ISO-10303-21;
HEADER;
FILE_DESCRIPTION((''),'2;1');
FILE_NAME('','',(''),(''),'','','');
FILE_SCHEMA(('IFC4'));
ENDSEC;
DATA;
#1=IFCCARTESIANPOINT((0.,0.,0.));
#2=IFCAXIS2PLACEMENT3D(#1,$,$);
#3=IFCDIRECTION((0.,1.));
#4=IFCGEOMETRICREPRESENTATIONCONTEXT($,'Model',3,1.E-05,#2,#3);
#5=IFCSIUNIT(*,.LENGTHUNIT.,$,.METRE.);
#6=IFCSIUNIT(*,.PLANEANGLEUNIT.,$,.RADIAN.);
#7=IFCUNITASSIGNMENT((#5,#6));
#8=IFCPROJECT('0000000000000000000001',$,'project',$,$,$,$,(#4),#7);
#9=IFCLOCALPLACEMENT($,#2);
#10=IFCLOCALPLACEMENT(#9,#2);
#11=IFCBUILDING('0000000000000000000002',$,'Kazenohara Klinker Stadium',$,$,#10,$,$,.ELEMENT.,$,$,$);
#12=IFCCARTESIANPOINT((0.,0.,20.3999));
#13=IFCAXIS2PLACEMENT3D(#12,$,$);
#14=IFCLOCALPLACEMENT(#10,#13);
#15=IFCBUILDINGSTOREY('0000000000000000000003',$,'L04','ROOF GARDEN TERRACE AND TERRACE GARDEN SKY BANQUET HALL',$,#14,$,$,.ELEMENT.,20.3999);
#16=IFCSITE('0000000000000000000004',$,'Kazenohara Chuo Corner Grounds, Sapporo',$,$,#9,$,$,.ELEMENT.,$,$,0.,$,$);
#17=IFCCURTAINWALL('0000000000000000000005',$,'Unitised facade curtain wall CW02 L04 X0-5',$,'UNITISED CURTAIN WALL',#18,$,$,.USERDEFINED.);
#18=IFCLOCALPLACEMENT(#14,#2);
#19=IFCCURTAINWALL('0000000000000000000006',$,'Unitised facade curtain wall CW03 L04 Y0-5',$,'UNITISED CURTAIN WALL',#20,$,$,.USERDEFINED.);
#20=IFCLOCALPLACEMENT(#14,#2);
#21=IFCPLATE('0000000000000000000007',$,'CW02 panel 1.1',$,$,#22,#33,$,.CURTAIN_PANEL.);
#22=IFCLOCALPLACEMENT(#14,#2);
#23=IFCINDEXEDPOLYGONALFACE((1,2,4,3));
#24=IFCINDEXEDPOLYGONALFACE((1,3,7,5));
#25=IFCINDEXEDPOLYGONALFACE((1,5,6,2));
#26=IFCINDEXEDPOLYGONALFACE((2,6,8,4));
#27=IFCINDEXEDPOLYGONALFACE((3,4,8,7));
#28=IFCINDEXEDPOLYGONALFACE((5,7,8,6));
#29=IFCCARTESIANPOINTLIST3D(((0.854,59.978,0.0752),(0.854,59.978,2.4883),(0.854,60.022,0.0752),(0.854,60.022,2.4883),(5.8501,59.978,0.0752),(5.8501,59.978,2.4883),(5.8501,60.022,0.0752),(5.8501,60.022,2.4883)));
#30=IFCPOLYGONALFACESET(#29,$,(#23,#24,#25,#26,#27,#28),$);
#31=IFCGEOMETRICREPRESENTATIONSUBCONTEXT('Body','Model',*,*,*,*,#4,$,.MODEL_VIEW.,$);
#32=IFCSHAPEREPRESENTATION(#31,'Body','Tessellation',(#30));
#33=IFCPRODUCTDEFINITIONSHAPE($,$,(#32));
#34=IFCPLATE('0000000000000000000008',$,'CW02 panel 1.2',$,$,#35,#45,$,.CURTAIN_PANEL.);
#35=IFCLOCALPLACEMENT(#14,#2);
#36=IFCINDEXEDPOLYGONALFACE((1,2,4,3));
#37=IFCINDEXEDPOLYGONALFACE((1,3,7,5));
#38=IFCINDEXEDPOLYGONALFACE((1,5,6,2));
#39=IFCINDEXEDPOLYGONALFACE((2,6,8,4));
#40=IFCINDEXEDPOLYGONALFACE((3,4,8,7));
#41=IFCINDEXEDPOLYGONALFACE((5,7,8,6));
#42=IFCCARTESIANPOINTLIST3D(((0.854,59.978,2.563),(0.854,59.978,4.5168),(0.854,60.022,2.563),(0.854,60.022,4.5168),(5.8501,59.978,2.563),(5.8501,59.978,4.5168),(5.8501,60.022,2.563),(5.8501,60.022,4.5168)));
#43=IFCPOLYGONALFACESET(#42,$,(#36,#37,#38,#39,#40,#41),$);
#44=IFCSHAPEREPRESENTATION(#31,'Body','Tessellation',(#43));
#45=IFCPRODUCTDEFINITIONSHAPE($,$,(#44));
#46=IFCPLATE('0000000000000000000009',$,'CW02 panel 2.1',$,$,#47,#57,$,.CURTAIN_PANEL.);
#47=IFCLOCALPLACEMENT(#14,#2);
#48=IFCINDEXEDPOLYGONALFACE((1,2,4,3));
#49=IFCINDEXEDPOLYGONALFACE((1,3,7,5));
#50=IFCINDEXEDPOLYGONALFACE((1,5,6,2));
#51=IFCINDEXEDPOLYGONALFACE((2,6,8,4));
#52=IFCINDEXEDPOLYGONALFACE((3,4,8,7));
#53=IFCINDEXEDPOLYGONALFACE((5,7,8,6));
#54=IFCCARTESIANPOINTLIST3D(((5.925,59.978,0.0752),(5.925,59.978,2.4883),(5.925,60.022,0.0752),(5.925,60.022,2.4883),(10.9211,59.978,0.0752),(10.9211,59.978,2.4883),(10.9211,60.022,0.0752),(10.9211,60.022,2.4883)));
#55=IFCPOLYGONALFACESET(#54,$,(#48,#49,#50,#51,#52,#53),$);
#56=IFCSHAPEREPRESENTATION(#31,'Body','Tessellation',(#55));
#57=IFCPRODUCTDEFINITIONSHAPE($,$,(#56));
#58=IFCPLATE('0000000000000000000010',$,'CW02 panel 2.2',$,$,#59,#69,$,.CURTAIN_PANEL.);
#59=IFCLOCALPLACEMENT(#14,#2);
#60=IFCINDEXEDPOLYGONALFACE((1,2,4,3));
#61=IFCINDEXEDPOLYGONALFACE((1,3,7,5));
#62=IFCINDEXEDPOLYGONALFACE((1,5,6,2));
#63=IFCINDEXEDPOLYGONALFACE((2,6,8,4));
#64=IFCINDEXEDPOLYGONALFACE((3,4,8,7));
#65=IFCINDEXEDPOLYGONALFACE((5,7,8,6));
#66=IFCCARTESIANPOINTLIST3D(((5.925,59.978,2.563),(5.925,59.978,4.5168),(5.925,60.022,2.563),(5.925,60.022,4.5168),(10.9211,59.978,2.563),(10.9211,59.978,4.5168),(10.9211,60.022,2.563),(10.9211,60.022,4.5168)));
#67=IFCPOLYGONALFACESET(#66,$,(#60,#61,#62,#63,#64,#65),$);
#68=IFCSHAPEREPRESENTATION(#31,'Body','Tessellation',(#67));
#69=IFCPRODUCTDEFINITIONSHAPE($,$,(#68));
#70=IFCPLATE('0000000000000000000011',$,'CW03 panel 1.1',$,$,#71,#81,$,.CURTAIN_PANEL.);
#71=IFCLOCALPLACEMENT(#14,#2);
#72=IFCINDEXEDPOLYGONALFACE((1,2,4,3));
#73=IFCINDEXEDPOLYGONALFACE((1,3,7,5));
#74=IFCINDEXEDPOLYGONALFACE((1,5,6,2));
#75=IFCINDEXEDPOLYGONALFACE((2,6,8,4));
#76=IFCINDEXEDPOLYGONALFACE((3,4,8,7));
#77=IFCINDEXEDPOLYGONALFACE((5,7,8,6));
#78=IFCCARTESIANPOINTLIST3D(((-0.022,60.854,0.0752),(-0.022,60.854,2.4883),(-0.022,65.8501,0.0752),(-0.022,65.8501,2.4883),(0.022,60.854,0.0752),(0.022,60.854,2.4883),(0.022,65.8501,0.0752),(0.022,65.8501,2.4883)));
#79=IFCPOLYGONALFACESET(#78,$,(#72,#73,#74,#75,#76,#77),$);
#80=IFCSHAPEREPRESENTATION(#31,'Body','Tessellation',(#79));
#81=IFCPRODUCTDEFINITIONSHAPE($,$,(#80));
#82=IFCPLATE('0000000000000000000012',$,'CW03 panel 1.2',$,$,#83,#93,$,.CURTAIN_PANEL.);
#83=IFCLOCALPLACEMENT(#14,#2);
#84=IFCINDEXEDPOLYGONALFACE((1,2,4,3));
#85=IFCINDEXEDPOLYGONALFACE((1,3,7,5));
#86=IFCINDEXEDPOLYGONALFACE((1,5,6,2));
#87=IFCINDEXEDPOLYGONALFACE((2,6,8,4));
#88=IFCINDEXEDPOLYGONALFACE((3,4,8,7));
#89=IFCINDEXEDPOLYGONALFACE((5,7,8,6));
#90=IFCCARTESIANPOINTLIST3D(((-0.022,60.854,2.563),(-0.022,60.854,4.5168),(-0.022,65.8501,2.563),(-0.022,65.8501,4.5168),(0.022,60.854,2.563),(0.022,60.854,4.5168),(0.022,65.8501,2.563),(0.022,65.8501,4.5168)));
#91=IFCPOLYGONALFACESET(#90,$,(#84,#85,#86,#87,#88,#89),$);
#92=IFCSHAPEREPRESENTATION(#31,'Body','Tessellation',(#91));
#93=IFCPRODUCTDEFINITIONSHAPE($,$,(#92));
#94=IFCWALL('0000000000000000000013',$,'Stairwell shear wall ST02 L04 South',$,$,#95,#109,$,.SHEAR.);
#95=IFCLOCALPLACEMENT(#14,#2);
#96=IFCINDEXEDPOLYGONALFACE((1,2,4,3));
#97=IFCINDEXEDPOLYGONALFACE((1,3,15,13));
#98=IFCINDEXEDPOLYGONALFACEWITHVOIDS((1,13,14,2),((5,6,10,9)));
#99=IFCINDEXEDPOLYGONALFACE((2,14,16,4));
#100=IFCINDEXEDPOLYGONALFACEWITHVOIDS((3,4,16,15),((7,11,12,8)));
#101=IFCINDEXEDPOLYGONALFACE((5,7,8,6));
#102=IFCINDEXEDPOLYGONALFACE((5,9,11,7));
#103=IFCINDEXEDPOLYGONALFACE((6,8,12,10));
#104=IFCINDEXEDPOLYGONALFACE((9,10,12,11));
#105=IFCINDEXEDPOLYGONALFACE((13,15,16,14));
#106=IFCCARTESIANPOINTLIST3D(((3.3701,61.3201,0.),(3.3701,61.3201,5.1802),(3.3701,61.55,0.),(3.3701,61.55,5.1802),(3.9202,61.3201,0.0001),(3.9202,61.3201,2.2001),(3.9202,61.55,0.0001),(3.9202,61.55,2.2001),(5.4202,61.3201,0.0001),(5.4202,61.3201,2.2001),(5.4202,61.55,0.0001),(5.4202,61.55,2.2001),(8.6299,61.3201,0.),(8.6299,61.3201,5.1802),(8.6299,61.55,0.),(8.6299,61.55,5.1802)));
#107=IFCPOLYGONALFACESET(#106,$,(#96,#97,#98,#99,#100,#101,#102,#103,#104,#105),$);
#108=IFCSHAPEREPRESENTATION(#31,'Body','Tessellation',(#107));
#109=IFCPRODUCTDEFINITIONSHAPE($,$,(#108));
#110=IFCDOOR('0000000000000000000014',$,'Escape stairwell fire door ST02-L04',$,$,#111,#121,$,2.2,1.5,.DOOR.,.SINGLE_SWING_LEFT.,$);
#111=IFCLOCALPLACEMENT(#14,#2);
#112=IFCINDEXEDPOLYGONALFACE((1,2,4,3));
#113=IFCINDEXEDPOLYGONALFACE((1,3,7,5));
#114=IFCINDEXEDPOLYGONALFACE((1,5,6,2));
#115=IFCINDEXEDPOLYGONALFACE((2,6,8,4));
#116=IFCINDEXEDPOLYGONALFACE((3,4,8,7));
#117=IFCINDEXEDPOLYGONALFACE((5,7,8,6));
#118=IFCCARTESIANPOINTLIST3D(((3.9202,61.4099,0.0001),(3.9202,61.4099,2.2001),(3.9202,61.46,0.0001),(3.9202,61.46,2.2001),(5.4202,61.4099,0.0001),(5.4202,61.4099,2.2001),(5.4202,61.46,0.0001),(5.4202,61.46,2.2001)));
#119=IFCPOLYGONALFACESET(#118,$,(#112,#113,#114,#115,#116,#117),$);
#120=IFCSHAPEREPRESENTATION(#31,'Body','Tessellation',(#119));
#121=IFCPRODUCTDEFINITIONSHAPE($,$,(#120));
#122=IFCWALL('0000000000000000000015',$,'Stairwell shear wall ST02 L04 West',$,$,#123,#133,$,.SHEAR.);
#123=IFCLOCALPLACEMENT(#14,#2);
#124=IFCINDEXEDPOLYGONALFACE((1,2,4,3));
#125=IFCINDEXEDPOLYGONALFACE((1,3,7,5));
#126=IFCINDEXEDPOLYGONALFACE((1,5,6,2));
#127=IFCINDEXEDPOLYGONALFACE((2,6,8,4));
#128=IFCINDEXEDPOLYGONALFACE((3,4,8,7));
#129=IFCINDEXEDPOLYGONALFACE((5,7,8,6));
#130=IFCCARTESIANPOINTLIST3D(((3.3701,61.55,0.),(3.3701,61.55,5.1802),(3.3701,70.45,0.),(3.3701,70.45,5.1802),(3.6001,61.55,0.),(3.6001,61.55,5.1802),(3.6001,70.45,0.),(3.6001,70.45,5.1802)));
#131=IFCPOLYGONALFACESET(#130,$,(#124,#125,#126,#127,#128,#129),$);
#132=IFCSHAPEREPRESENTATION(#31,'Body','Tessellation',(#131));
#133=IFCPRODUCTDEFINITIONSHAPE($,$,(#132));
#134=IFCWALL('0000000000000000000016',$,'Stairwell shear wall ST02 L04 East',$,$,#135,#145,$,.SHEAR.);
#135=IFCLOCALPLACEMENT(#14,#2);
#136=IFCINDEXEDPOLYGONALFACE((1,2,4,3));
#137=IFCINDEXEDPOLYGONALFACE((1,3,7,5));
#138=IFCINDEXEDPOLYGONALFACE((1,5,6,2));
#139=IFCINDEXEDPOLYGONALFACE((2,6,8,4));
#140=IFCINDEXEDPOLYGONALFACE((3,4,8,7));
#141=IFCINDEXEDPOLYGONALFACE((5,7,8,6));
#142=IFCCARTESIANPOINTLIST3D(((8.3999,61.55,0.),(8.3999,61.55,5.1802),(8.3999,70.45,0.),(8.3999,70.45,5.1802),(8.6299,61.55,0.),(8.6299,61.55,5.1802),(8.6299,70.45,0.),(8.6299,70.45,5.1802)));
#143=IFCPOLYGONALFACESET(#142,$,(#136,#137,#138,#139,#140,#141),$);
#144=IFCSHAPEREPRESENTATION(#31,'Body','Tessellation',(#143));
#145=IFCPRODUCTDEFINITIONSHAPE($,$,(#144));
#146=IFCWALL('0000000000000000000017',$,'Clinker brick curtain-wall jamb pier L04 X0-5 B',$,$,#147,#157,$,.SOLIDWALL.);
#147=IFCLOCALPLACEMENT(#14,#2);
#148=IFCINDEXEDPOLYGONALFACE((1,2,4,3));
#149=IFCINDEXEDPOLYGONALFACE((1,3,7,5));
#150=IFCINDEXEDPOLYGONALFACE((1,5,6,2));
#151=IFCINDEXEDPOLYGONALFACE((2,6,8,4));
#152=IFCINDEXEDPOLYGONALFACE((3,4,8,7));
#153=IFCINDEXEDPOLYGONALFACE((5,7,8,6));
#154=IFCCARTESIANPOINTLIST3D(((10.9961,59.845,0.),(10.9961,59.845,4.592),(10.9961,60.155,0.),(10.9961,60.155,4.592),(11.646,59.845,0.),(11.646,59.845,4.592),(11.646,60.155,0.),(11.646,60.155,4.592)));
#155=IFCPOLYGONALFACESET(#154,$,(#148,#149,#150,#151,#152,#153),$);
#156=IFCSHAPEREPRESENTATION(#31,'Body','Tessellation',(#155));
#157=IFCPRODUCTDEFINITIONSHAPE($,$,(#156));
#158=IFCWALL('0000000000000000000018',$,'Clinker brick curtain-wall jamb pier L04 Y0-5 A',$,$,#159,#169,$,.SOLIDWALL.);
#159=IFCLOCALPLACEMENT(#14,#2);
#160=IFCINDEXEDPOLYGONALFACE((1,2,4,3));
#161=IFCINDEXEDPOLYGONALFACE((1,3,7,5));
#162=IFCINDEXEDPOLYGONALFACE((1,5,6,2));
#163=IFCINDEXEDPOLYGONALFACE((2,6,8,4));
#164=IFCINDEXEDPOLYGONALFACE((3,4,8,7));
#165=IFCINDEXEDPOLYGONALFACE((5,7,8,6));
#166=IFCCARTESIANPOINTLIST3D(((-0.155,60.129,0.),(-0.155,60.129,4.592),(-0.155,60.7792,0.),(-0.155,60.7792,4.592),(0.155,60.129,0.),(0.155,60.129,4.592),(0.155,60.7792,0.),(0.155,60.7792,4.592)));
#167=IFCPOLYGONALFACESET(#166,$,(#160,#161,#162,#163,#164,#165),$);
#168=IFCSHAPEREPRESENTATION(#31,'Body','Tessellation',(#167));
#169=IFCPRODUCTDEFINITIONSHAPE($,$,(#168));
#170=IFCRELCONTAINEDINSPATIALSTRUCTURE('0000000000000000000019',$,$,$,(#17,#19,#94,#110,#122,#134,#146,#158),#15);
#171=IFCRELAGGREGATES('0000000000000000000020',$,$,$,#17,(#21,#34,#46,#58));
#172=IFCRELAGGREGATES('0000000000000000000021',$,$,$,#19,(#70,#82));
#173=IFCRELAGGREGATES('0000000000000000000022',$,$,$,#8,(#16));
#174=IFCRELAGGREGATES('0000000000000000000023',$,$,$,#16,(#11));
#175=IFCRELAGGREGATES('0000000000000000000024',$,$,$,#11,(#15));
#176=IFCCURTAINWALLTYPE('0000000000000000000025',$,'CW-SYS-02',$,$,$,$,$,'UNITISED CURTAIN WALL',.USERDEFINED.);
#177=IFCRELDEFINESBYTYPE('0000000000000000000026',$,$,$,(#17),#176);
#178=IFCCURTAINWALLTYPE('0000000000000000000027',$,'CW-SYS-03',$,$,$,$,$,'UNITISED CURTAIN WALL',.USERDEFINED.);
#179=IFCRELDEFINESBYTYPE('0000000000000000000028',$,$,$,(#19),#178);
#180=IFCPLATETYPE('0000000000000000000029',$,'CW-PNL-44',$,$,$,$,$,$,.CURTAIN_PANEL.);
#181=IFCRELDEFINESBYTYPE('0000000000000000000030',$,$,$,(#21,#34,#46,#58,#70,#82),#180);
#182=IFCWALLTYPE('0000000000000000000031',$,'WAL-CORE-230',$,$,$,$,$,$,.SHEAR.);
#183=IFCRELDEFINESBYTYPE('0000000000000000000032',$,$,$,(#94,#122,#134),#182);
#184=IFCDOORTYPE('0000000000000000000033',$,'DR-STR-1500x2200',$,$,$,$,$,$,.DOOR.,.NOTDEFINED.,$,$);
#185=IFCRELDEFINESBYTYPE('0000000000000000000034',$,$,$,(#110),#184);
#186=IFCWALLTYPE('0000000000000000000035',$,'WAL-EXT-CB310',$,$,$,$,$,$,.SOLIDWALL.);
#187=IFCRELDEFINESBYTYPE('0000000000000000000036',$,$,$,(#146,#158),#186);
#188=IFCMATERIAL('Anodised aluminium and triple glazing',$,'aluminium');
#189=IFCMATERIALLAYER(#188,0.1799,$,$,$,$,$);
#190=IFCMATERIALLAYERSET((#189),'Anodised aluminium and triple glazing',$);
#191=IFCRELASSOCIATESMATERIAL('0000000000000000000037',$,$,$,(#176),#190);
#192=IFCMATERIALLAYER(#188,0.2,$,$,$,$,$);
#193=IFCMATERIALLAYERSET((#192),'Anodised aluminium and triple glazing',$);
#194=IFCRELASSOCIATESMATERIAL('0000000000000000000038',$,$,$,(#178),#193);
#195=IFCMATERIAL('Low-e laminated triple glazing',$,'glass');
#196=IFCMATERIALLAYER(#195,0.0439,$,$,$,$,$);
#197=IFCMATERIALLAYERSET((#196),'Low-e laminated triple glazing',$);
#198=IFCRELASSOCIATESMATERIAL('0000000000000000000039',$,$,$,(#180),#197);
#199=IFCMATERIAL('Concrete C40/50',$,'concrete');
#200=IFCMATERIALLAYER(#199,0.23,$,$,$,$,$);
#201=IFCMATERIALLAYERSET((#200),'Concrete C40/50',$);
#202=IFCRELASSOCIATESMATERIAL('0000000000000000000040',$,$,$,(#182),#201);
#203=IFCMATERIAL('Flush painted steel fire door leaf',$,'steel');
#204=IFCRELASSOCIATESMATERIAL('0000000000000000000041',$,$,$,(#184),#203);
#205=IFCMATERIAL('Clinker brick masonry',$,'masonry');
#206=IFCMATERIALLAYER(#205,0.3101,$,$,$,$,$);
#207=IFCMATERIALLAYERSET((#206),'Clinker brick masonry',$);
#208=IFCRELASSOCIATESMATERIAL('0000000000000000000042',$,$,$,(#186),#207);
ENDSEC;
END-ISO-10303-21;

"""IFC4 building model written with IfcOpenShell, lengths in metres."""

from ifc_helpers import new_model, si_unit, direction, frame, frame_2d, origin, origin_2d, place, context, subcontext, project, spatial, rectangle, extrude, material, layer, layer_set, type_object, element, fill, aggregate, save


model = new_model("IFC4")

# Units and contexts
model_context = context("Model", 3, precision=1e-05, world=origin(), true_north=direction((0.0, 1.0)))
body_context = subcontext(model_context, "Body", "Model", "MODEL_VIEW")
ifc_project = project(units=[si_unit("LENGTHUNIT", "METRE"), si_unit("PLANEANGLEUNIT", "RADIAN")], contexts=[model_context])

# Site, building, storey
site_placement = place(None, origin())
site = spatial("IfcSite", under=ifc_project, at=site_placement, Name="Kazenohara Chuo Corner Grounds, Sapporo", CompositionType="ELEMENT", RefElevation=0.0)
building_placement = place(site_placement, origin())
building = spatial("IfcBuilding", under=site, at=building_placement, Name="Kazenohara Klinker Stadium", CompositionType="ELEMENT")
storey_placement = place(building_placement, frame((0.0, 0.0, 20.3999)))
storey = spatial("IfcBuildingStorey", under=building, at=storey_placement, Name="L04", Description="ROOF GARDEN TERRACE AND TERRACE GARDEN SKY BANQUET HALL", CompositionType="ELEMENT", Elevation=20.3999)

# Curtain wall
ifc_material_1 = material(Name="Anodised aluminium and triple glazing", Category="aluminium")
ifc_layer_1 = layer(ifc_material_1, 0.1799)
ifc_layer_set_1 = layer_set([ifc_layer_1], Name="Anodised aluminium and triple glazing")
curtain_wall_type_1 = type_object("IfcCurtainWallType", Name="CW-SYS-02", ElementType="UNITISED CURTAIN WALL", PredefinedType="USERDEFINED", material=ifc_layer_set_1)
curtain_wall_1_placement = place(storey_placement, origin())
curtain_wall_1 = element("IfcCurtainWall", 1, at=curtain_wall_1_placement, inside=storey, type_object=curtain_wall_type_1, Name="Unitised facade curtain wall CW02 L04 X0-5", ObjectType="UNITISED CURTAIN WALL", PredefinedType="USERDEFINED")

# Curtain wall
ifc_layer_2 = layer(ifc_material_1, 0.2)
ifc_layer_set_2 = layer_set([ifc_layer_2], Name="Anodised aluminium and triple glazing")
curtain_wall_type_2 = type_object("IfcCurtainWallType", Name="CW-SYS-03", ElementType="UNITISED CURTAIN WALL", PredefinedType="USERDEFINED", material=ifc_layer_set_2)
curtain_wall_2_placement = place(storey_placement, origin())
curtain_wall_2 = element("IfcCurtainWall", 2, at=curtain_wall_2_placement, inside=storey, type_object=curtain_wall_type_2, Name="Unitised facade curtain wall CW03 L04 Y0-5", ObjectType="UNITISED CURTAIN WALL", PredefinedType="USERDEFINED")

# Plates
ifc_material_2 = material(Name="Low-e laminated triple glazing", Category="glass")
ifc_layer_3 = layer(ifc_material_2, 0.0439)
ifc_layer_set_3 = layer_set([ifc_layer_3], Name="Low-e laminated triple glazing")
plate_type = type_object("IfcPlateType", Name="CW-PNL-44", PredefinedType="CURTAIN_PANEL", material=ifc_layer_set_3)
plate_1_placement = place(storey_placement, frame((3.3521, 60.0, 0.0752), z_axis=(0.0, 0.0, 1.0), x_axis=(1.0, 0.0, 0.0)))
plate_1 = element("IfcPlate", 3, at=plate_1_placement, type_object=plate_type, Name="CW02 panel 1.1", PredefinedType="CURTAIN_PANEL", context=body_context, shape_type="SweptSolid", body=[
    extrude(rectangle(XDim=4.9961, YDim=0.0439, at=origin_2d()), origin(), (0.0, 0.0, 1.0), 2.4131),
])
plate_2_placement = place(storey_placement, frame((3.3521, 60.0, 2.563), z_axis=(0.0, 0.0, 1.0), x_axis=(1.0, 0.0, 0.0)))
plate_2 = element("IfcPlate", 4, at=plate_2_placement, type_object=plate_type, Name="CW02 panel 1.2", PredefinedType="CURTAIN_PANEL", context=body_context, shape_type="SweptSolid", body=[
    extrude(rectangle(XDim=4.9961, YDim=0.0439, at=origin_2d()), origin(), (0.0, 0.0, 1.0), 1.9539),
])
plate_3_placement = place(storey_placement, frame((8.4231, 60.0, 0.0752), z_axis=(0.0, 0.0, 1.0), x_axis=(1.0, 0.0, 0.0)))
plate_3 = element("IfcPlate", 5, at=plate_3_placement, type_object=plate_type, Name="CW02 panel 2.1", PredefinedType="CURTAIN_PANEL", context=body_context, shape_type="SweptSolid", body=[
    extrude(rectangle(XDim=4.9961, YDim=0.0439, at=origin_2d()), origin(), (0.0, 0.0, 1.0), 2.4131),
])
plate_4_placement = place(storey_placement, frame((8.4231, 60.0, 2.563), z_axis=(0.0, 0.0, 1.0), x_axis=(1.0, 0.0, 0.0)))
plate_4 = element("IfcPlate", 6, at=plate_4_placement, type_object=plate_type, Name="CW02 panel 2.2", PredefinedType="CURTAIN_PANEL", context=body_context, shape_type="SweptSolid", body=[
    extrude(rectangle(XDim=4.9961, YDim=0.0439, at=origin_2d()), origin(), (0.0, 0.0, 1.0), 1.9539),
])
aggregate(curtain_wall_1, [plate_1, plate_2, plate_3, plate_4])
plate_5_placement = place(storey_placement, frame((0.0, 63.3521, 0.0752), z_axis=(0.0, 0.0, 1.0), x_axis=(0.0, 1.0, 0.0)))
plate_5 = element("IfcPlate", 7, at=plate_5_placement, type_object=plate_type, Name="CW03 panel 1.1", PredefinedType="CURTAIN_PANEL", context=body_context, shape_type="SweptSolid", body=[
    extrude(rectangle(XDim=4.9961, YDim=0.0439, at=origin_2d()), origin(), (0.0, 0.0, 1.0), 2.4131),
])
plate_6_placement = place(storey_placement, frame((0.0, 63.3521, 2.563), z_axis=(0.0, 0.0, 1.0), x_axis=(0.0, 1.0, 0.0)))
plate_6 = element("IfcPlate", 8, at=plate_6_placement, type_object=plate_type, Name="CW03 panel 1.2", PredefinedType="CURTAIN_PANEL", context=body_context, shape_type="SweptSolid", body=[
    extrude(rectangle(XDim=4.9961, YDim=0.0439, at=origin_2d()), origin(), (0.0, 0.0, 1.0), 1.9539),
])
aggregate(curtain_wall_2, [plate_5, plate_6])

# Wall, opening, door
ifc_material_3 = material(Name="Concrete C40/50", Category="concrete")
ifc_layer_4 = layer(ifc_material_3, 0.23)
ifc_layer_set_4 = layer_set([ifc_layer_4], Name="Concrete C40/50")
wall_type_1 = type_object("IfcWallType", Name="WAL-CORE-230", PredefinedType="SHEAR", material=ifc_layer_set_4)
wall_1_placement = place(storey_placement, frame((3.3701, 61.4351, 0.0), z_axis=(0.0, 0.0, 1.0), x_axis=(1.0, 0.0, 0.0)))
wall_1 = element("IfcWall", 9, at=wall_1_placement, inside=storey, type_object=wall_type_1, Name="Stairwell shear wall ST02 L04 South", PredefinedType="SHEAR", context=body_context, shape_type="SweptSolid", body=[
    extrude(rectangle(XDim=5.2598, YDim=0.23, at=frame_2d((2.6299, 0.0))), origin(), (0.0, 0.0, 1.0), 5.1802),
])
opening_placement = place(wall_1_placement, frame((0.55, 0.0, 0.0)))
opening = element("IfcOpeningElement", 10, at=opening_placement, cuts=wall_1, PredefinedType="OPENING", context=body_context, shape_type="SweptSolid", body=[
    extrude(rectangle(XDim=1.5, YDim=2.2, at=frame_2d((0.75, 1.1001))), frame((0.0, 0.125, 0.0), z_axis=(0.0, -1.0, 0.0), x_axis=(1.0, 0.0, 0.0)), (0.0, 0.0, 1.0), 0.25),
])
ifc_material_4 = material(Name="Flush painted steel fire door leaf", Category="steel")
door_type = type_object("IfcDoorType", Name="DR-STR-1500x2200", OperationType="NOTDEFINED", PredefinedType="DOOR", material=ifc_material_4)
door_placement = place(opening_placement, origin())
door = element("IfcDoor", 11, at=door_placement, inside=storey, type_object=door_type, Name="Escape stairwell fire door ST02-L04", OperationType="SINGLE_SWING_LEFT", OverallHeight=2.2, OverallWidth=1.5, PredefinedType="DOOR", context=body_context, shape_type="SweptSolid", body=[
    extrude(rectangle(XDim=1.5, YDim=2.2, at=frame_2d((0.75, 1.1001))), frame((0.0, 0.0249, 0.0), z_axis=(0.0, -1.0, 0.0), x_axis=(1.0, 0.0, 0.0)), (0.0, 0.0, 1.0), 0.05),
])
fill(opening, door)

# Walls
for number, where, z_axis, x_axis, name in (
    (12, (3.4851, 61.55, 0.0), (0.0, 0.0, 1.0), (0.0, 1.0, 0.0), "Stairwell shear wall ST02 L04 West"),
    (13, (8.5149, 61.55, 0.0), (0.0, 0.0, 1.0), (0.0, 1.0, 0.0), "Stairwell shear wall ST02 L04 East"),
):
    element("IfcWall", number, at=place(storey_placement, frame(where, z_axis=z_axis, x_axis=x_axis)), inside=storey, type_object=wall_type_1, Name=name, PredefinedType="SHEAR", context=body_context, shape_type="SweptSolid", body=[
        extrude(rectangle(XDim=8.8999, YDim=0.23, at=frame_2d((4.45, 0.0))), origin(), (0.0, 0.0, 1.0), 5.1802),
    ])
ifc_material_5 = material(Name="Clinker brick masonry", Category="masonry")
ifc_layer_5 = layer(ifc_material_5, 0.3101)
ifc_layer_set_5 = layer_set([ifc_layer_5], Name="Clinker brick masonry")
wall_type_2 = type_object("IfcWallType", Name="WAL-EXT-CB310", PredefinedType="SOLIDWALL", material=ifc_layer_set_5)
wall_2_placement = place(storey_placement, frame((10.9961, 60.0, 0.0), z_axis=(0.0, 0.0, 1.0), x_axis=(1.0, 0.0, 0.0)))
element("IfcWall", 14, at=wall_2_placement, inside=storey, type_object=wall_type_2, Name="Clinker brick curtain-wall jamb pier L04 X0-5 B", PredefinedType="SOLIDWALL", context=body_context, shape_type="SweptSolid", body=[
    extrude(rectangle(XDim=0.6499, YDim=0.3101, at=frame_2d((0.325, 0.0))), origin(), (0.0, 0.0, 1.0), 4.592),
])
wall_3_placement = place(storey_placement, frame((0.0, 60.1289, 0.0), z_axis=(0.0, 0.0, 1.0), x_axis=(0.0, 1.0, 0.0)))
element("IfcWall", 15, at=wall_3_placement, inside=storey, type_object=wall_type_2, Name="Clinker brick curtain-wall jamb pier L04 Y0-5 A", PredefinedType="SOLIDWALL", context=body_context, shape_type="SweptSolid", body=[
    extrude(rectangle(XDim=0.6501, YDim=0.3101, at=frame_2d((0.3252, 0.0))), origin(), (0.0, 0.0, 1.0), 4.592),
])

save(model, "model.ifc")
